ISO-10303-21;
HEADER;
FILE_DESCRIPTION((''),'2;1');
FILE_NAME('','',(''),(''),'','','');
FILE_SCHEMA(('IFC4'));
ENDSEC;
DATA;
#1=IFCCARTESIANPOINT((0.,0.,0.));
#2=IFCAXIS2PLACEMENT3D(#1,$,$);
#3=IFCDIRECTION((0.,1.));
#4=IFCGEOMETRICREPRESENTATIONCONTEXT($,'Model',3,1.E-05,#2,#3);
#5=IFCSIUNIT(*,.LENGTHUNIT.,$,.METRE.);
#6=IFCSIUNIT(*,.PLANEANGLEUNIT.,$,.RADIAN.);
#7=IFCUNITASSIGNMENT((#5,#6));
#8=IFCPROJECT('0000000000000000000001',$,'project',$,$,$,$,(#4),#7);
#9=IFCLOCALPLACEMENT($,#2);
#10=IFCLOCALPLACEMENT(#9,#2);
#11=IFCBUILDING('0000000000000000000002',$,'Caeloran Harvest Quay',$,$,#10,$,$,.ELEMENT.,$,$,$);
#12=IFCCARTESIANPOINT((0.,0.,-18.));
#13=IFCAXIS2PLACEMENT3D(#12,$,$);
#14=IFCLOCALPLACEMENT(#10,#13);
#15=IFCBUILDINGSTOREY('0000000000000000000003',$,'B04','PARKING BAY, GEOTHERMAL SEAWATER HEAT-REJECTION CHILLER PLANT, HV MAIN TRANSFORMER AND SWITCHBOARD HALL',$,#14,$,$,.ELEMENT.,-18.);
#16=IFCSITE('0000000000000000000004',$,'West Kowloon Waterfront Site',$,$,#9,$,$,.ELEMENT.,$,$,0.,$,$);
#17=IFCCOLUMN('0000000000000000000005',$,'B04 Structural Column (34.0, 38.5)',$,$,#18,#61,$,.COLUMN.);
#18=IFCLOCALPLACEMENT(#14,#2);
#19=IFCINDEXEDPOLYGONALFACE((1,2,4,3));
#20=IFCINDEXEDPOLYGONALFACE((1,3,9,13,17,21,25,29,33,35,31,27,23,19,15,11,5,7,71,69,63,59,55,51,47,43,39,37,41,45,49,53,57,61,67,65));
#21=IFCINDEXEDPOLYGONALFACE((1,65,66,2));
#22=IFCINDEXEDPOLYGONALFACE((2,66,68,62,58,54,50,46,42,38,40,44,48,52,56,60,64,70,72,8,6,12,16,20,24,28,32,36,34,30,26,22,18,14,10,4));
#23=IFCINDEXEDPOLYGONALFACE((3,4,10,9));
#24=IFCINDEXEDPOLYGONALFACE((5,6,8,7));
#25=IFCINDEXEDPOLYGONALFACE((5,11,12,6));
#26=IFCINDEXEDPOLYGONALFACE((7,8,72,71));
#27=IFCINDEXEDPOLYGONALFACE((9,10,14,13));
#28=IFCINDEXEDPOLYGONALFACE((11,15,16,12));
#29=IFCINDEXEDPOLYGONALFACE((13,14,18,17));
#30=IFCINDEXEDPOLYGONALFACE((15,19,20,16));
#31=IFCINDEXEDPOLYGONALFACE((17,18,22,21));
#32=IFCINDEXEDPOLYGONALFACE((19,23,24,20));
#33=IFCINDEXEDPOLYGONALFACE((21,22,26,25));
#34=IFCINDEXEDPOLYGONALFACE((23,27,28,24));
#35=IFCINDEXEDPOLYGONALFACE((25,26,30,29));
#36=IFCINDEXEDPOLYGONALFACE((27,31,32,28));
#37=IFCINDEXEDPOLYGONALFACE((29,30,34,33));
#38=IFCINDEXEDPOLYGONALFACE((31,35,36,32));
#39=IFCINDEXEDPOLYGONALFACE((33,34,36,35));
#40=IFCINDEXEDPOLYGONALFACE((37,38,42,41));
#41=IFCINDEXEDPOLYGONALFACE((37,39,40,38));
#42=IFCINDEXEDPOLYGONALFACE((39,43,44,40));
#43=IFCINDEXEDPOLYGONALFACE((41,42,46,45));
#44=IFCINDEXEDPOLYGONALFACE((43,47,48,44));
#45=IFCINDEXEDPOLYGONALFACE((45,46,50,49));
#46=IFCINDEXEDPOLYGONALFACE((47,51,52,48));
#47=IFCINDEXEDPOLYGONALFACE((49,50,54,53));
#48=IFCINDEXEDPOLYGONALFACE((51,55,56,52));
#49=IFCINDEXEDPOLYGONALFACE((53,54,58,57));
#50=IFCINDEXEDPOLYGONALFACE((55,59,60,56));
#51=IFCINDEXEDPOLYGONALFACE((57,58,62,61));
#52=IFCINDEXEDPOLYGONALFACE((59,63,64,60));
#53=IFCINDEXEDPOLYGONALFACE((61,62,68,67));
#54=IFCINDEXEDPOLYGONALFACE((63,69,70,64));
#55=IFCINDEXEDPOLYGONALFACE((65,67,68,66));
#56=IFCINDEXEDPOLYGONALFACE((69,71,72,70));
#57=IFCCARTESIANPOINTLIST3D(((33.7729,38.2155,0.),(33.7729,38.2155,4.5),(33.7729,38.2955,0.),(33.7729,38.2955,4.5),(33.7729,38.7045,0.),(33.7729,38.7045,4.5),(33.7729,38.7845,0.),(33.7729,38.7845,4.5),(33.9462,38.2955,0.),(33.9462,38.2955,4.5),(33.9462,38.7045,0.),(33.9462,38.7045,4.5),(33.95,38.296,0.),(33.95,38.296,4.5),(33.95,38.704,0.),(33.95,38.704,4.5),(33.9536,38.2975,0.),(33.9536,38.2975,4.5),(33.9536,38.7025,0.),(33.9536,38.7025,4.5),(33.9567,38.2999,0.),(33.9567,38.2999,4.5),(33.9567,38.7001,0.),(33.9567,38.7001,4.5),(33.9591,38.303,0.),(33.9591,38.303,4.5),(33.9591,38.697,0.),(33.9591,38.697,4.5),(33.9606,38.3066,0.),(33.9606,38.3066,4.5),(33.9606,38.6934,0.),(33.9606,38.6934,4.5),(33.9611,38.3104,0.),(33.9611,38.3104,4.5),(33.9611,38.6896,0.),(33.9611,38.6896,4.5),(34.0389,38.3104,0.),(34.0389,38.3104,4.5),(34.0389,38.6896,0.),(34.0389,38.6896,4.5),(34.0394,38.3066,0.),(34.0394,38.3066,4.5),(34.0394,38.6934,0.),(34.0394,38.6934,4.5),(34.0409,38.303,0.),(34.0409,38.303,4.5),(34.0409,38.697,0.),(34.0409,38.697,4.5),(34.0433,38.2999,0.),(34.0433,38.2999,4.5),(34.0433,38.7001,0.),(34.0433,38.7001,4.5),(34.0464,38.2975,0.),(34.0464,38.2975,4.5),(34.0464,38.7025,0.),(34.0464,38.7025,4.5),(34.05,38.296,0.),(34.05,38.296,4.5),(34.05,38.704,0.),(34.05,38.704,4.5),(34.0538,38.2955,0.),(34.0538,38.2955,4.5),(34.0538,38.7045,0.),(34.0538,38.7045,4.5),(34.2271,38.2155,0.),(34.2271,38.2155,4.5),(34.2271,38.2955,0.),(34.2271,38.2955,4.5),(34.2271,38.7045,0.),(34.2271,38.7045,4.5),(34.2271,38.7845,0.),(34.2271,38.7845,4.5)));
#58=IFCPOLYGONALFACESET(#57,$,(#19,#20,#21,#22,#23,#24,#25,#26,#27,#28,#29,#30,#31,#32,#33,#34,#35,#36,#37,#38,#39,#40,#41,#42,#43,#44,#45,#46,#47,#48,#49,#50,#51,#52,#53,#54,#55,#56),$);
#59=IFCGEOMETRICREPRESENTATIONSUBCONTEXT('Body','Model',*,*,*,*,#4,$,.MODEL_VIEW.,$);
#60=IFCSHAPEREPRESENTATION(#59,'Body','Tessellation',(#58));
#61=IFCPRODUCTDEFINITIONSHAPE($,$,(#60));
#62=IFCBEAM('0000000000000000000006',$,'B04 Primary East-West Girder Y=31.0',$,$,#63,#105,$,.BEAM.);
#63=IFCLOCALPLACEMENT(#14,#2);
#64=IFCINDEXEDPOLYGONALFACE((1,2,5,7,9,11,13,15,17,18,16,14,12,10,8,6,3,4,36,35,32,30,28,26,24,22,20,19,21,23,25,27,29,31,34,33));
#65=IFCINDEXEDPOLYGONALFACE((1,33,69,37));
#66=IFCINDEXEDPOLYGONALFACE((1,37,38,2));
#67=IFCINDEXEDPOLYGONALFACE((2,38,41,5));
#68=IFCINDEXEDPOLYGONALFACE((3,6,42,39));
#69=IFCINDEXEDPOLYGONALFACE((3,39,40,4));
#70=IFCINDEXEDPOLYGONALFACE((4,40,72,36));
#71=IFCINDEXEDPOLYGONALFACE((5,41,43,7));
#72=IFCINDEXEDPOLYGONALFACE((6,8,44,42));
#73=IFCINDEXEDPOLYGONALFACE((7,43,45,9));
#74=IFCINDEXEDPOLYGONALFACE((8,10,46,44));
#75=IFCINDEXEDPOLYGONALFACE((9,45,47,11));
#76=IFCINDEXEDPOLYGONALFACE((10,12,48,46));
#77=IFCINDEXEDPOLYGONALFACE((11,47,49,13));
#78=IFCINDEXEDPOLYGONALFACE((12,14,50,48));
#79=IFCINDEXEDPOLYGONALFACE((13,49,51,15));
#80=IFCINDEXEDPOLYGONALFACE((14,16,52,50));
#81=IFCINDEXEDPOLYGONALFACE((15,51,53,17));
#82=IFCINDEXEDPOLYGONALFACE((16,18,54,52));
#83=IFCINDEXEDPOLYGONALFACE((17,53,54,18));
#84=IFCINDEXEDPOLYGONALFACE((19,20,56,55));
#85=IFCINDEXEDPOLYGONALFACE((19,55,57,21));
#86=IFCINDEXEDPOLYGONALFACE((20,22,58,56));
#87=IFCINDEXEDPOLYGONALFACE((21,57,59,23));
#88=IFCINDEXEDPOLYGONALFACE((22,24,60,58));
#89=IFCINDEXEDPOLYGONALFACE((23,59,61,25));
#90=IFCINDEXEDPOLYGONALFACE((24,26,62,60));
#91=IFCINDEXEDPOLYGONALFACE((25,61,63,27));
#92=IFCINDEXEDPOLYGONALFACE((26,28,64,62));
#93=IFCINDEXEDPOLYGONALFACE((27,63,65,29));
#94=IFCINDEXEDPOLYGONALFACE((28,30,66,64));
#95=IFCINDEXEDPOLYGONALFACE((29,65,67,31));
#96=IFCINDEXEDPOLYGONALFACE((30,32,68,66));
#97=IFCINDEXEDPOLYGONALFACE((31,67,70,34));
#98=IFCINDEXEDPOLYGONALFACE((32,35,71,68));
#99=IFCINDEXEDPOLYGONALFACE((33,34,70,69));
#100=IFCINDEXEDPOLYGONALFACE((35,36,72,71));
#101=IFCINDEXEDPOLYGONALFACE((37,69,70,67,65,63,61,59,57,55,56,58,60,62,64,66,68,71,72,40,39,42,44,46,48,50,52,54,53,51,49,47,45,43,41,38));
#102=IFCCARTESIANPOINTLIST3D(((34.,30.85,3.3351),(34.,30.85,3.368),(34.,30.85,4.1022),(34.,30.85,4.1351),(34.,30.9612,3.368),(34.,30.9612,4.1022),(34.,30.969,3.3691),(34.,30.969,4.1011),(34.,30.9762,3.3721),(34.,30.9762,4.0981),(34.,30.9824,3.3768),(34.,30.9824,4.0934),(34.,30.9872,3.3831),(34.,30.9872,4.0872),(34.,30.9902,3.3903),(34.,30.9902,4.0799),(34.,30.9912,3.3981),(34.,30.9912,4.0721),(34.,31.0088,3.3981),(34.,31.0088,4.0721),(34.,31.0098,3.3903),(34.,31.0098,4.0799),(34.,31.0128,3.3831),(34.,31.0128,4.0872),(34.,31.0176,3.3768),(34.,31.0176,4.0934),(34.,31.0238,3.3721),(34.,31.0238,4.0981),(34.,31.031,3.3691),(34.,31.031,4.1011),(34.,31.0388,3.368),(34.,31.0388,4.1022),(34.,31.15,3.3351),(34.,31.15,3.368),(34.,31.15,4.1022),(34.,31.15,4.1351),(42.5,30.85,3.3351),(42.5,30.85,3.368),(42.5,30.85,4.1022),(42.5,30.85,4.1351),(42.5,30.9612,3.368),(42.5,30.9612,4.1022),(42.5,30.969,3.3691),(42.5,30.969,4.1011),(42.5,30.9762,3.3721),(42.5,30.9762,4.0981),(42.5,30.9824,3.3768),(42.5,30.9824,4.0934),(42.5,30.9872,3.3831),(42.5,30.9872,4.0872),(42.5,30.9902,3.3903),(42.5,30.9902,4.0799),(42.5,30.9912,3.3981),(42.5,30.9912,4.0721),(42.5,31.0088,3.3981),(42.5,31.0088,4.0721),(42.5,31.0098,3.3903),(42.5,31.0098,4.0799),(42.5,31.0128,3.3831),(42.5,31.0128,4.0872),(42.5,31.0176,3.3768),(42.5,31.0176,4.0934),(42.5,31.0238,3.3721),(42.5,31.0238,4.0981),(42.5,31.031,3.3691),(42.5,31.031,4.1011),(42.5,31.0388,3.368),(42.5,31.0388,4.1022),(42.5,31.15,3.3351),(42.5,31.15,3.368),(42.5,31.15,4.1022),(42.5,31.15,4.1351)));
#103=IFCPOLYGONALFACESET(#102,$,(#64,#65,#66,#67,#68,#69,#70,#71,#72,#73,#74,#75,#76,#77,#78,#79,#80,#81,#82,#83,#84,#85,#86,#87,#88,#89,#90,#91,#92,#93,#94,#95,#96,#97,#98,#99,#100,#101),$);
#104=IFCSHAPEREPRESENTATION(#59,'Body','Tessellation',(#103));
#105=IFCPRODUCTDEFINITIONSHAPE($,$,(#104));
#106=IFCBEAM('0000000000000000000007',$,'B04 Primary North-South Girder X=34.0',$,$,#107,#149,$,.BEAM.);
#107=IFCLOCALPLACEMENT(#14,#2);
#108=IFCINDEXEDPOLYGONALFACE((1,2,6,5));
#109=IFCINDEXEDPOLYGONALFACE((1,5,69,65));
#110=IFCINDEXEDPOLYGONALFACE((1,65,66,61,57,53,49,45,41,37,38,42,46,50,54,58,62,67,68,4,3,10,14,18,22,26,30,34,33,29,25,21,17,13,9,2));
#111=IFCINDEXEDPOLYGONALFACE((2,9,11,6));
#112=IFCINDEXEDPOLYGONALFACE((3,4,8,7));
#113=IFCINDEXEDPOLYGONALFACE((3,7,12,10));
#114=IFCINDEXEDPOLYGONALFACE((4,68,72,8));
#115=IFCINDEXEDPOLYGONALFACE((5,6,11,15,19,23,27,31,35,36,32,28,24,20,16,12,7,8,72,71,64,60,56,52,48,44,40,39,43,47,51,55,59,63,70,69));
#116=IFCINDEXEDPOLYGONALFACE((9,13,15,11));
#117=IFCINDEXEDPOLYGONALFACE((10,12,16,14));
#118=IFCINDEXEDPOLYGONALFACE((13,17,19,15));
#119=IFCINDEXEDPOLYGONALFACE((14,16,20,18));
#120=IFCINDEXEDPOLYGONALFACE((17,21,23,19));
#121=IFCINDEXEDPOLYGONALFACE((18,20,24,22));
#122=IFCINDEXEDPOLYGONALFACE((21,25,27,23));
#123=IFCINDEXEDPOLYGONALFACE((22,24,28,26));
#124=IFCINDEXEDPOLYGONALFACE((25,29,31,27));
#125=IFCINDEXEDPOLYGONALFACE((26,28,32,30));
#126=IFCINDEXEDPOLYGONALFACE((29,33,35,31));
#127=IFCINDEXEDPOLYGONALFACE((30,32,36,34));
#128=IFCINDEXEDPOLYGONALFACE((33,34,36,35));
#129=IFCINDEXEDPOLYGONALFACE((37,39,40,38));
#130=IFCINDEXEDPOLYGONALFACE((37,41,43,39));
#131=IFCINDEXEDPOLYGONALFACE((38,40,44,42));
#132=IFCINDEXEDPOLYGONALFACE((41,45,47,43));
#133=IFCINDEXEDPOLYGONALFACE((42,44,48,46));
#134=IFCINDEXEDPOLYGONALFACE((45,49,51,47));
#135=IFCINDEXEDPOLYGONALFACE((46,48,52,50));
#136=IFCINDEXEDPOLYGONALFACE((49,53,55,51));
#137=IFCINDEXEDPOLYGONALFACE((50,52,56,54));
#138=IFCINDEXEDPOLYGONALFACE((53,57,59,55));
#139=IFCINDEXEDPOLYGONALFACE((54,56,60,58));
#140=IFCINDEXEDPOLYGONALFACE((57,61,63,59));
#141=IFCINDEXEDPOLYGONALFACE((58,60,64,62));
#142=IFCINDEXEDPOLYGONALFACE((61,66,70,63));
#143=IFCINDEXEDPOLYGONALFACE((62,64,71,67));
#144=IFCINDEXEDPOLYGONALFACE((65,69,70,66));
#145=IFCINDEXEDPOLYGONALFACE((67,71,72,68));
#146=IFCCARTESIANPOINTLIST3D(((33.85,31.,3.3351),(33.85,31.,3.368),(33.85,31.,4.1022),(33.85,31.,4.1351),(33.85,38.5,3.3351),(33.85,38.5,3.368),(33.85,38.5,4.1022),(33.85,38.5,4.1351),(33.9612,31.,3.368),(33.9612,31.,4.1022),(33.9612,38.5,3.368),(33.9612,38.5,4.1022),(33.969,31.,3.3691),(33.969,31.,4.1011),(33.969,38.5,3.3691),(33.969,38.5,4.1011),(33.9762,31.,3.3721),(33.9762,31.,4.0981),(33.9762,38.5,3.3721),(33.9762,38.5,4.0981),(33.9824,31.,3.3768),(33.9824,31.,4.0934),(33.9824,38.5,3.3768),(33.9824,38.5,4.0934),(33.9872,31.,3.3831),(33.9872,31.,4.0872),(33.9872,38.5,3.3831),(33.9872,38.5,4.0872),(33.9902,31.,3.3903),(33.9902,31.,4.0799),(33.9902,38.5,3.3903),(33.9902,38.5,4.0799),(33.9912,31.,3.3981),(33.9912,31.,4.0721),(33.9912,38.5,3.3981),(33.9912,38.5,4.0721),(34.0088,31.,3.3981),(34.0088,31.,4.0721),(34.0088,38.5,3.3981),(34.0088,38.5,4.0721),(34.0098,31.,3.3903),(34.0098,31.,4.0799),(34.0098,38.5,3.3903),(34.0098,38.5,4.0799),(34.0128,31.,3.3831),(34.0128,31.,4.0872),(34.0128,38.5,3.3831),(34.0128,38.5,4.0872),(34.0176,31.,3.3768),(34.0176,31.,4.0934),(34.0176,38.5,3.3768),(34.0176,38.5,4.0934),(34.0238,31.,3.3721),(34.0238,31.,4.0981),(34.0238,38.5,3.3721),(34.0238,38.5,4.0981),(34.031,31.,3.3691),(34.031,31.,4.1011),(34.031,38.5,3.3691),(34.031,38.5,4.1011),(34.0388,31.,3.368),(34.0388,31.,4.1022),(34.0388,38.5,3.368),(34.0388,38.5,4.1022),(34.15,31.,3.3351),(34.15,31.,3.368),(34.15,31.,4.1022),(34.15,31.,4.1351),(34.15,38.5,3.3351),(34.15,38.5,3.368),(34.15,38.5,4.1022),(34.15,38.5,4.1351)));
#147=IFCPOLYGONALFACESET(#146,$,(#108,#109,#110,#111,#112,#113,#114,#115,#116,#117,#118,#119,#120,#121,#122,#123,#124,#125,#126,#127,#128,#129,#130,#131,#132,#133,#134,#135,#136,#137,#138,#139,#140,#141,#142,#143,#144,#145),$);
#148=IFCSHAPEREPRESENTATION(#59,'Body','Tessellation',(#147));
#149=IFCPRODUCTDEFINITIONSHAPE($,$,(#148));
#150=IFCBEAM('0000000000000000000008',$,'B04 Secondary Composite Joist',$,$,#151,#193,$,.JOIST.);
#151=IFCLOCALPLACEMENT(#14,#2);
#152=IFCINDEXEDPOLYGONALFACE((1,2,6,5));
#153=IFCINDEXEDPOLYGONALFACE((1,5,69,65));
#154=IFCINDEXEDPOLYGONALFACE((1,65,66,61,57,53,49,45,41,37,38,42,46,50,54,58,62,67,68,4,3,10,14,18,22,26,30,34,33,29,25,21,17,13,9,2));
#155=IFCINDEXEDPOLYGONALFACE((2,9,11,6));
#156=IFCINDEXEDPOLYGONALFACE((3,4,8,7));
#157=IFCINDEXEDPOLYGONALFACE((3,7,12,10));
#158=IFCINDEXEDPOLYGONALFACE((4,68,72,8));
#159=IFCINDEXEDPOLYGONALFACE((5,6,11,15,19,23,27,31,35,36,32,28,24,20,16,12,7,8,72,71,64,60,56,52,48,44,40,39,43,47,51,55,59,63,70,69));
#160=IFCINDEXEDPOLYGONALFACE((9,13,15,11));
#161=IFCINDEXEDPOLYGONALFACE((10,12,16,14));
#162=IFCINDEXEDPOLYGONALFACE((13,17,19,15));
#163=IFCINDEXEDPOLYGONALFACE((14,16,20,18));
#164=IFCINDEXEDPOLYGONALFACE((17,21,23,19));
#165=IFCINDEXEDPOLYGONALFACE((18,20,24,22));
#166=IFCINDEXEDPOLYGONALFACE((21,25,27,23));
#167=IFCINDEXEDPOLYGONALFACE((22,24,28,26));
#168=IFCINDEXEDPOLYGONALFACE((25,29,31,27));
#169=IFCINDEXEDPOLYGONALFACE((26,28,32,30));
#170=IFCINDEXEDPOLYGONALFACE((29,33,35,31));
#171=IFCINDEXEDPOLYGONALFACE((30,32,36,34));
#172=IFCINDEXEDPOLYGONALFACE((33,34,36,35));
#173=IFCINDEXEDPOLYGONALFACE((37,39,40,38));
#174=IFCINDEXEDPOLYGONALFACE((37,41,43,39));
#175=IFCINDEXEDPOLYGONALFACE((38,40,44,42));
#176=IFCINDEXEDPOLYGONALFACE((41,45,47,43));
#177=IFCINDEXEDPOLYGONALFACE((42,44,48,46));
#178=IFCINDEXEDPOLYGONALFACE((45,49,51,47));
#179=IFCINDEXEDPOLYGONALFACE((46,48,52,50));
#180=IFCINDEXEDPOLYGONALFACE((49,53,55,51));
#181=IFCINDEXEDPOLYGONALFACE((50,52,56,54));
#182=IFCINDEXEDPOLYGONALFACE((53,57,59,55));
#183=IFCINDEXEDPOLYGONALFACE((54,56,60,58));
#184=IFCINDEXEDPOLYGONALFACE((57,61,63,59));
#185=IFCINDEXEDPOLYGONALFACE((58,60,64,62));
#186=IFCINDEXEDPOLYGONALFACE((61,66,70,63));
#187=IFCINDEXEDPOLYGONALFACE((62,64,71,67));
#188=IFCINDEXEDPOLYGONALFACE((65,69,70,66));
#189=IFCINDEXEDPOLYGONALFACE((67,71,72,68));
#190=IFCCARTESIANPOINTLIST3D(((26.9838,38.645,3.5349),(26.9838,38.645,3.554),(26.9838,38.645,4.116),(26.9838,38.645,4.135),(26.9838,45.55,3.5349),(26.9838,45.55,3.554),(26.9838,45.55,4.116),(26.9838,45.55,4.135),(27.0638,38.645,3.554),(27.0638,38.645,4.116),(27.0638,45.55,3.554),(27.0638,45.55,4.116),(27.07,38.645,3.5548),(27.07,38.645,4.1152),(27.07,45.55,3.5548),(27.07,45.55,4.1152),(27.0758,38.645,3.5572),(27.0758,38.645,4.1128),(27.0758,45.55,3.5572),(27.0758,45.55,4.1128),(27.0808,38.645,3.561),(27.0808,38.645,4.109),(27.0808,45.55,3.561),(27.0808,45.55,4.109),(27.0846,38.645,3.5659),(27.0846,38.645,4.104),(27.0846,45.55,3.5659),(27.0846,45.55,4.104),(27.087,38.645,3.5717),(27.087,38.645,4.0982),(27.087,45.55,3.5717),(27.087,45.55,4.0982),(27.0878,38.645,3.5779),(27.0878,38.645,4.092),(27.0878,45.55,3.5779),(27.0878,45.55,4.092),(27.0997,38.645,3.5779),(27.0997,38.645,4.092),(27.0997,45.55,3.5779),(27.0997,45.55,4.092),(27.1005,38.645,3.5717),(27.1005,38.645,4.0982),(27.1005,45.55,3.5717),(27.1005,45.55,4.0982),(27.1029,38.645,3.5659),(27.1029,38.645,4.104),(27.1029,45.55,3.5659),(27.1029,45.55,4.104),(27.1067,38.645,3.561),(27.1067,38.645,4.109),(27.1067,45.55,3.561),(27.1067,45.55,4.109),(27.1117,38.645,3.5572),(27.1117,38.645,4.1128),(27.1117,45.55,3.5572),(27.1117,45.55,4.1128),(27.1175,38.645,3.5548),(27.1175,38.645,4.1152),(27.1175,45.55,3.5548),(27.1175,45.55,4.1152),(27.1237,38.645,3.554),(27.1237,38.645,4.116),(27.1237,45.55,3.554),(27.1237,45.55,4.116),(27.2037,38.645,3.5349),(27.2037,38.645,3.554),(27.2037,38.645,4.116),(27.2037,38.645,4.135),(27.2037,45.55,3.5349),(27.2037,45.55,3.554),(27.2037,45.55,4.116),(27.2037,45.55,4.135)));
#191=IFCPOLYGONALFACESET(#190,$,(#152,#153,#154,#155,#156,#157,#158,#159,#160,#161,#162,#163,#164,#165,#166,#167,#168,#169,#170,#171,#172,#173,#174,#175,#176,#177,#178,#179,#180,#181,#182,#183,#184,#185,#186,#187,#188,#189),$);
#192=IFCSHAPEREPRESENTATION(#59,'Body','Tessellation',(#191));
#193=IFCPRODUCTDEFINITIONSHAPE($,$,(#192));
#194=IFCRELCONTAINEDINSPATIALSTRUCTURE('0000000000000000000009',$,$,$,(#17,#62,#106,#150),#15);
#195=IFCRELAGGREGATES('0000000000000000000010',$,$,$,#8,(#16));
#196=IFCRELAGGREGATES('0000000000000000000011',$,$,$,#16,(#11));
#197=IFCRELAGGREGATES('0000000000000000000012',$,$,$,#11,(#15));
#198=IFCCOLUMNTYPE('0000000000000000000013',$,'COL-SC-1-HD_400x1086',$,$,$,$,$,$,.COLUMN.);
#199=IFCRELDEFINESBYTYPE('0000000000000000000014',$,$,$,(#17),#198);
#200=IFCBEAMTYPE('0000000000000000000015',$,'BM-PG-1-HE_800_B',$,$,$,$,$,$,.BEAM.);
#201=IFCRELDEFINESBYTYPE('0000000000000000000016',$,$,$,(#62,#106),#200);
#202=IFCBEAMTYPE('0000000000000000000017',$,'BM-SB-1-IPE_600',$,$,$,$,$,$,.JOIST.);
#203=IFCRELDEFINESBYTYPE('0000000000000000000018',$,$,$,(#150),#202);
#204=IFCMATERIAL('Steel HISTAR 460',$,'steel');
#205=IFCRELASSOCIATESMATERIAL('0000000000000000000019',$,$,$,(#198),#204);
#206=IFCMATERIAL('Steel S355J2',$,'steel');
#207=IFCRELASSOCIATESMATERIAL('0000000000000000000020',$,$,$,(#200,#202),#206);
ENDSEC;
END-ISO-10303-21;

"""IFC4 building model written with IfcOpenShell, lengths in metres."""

from ifc_helpers import new_model, si_unit, direction, frame, origin, origin_2d, place, context, subcontext, project, spatial, i_section, extrude, material, material_profile, profile_set, type_object, element, save


model = new_model("IFC4")

# Units and contexts
model_context = context("Model", 3, precision=1e-05, world=origin(), true_north=direction((0.0, 1.0)))
body_context = subcontext(model_context, "Body", "Model", "MODEL_VIEW")
ifc_project = project(units=[si_unit("LENGTHUNIT", "METRE"), si_unit("PLANEANGLEUNIT", "RADIAN")], contexts=[model_context])

# Site, building, storey
site_placement = place(None, origin())
site = spatial("IfcSite", under=ifc_project, at=site_placement, Name="West Kowloon Waterfront Site", CompositionType="ELEMENT", RefElevation=0.0)
building_placement = place(site_placement, origin())
building = spatial("IfcBuilding", under=site, at=building_placement, Name="Caeloran Harvest Quay", CompositionType="ELEMENT")
storey_placement = place(building_placement, frame((0.0, 0.0, -18.0)))
storey = spatial("IfcBuildingStorey", under=building, at=storey_placement, Name="B04", Description="PARKING BAY, GEOTHERMAL SEAWATER HEAT-REJECTION CHILLER PLANT, HV MAIN TRANSFORMER AND SWITCHBOARD HALL", CompositionType="ELEMENT", Elevation=-18.0)

# Column
ifc_material_1 = material(Name="Steel HISTAR 460", Category="steel")
ifc_material_profile_1 = material_profile(ifc_material_1, i_section(OverallWidth=0.4541, OverallDepth=0.5691, WebThickness=0.0779, FlangeThickness=0.0801, FilletRadius=0.0149, at=origin_2d()), Name="HD 400x1086")
ifc_profile_set_1 = profile_set([ifc_material_profile_1], Name="Steel HISTAR 460")
column_type = type_object("IfcColumnType", Name="COL-SC-1-HD_400x1086", PredefinedType="COLUMN", material=ifc_profile_set_1)
column_placement = place(storey_placement, frame((34.0, 38.5, 0.0), z_axis=(0.0, 0.0, 1.0), x_axis=(1.0, 0.0, 0.0)))
element("IfcColumn", 1, at=column_placement, inside=storey, type_object=column_type, Name="B04 Structural Column (34.0, 38.5)", PredefinedType="COLUMN", context=body_context, shape_type="SweptSolid", body=[
    extrude(i_section(OverallWidth=0.4541, OverallDepth=0.5691, WebThickness=0.0779, FlangeThickness=0.0801, FilletRadius=0.0149, at=origin_2d()), origin(), (0.0, 0.0, 1.0), 4.5),
])

# Beams
ifc_material_2 = material(Name="Steel S355J2", Category="steel")
ifc_material_profile_2 = material_profile(ifc_material_2, i_section(OverallWidth=0.3, OverallDepth=0.8, WebThickness=0.0176, FlangeThickness=0.033, FilletRadius=0.03, at=origin_2d()), Name="HE 800 B")
ifc_profile_set_2 = profile_set([ifc_material_profile_2], Name="Steel S355J2")
beam_type_1 = type_object("IfcBeamType", Name="BM-PG-1-HE_800_B", PredefinedType="BEAM", material=ifc_profile_set_2)
beam_1_placement = place(storey_placement, frame((34.0, 31.0, 3.7351), z_axis=(1.0, 0.0, 0.0), x_axis=(0.0, 1.0, 0.0)))
element("IfcBeam", 2, at=beam_1_placement, inside=storey, type_object=beam_type_1, Name="B04 Primary East-West Girder Y=31.0", PredefinedType="BEAM", context=body_context, shape_type="SweptSolid", body=[
    extrude(i_section(OverallWidth=0.3, OverallDepth=0.8, WebThickness=0.0176, FlangeThickness=0.033, FilletRadius=0.03, at=origin_2d()), origin(), (0.0, 0.0, 1.0), 8.5),
])
beam_2_placement = place(storey_placement, frame((34.0, 31.0, 3.7351), z_axis=(0.0, 1.0, 0.0), x_axis=(-1.0, 0.0, 0.0)))
element("IfcBeam", 3, at=beam_2_placement, inside=storey, type_object=beam_type_1, Name="B04 Primary North-South Girder X=34.0", PredefinedType="BEAM", context=body_context, shape_type="SweptSolid", body=[
    extrude(i_section(OverallWidth=0.3, OverallDepth=0.8, WebThickness=0.0176, FlangeThickness=0.033, FilletRadius=0.03, at=origin_2d()), origin(), (0.0, 0.0, 1.0), 7.5),
])
ifc_material_profile_3 = material_profile(ifc_material_2, i_section(OverallWidth=0.22, OverallDepth=0.6001, WebThickness=0.012, FlangeThickness=0.019, FilletRadius=0.0239, at=origin_2d()), Name="IPE 600")
ifc_profile_set_3 = profile_set([ifc_material_profile_3], Name="Steel S355J2")
beam_type_2 = type_object("IfcBeamType", Name="BM-SB-1-IPE_600", PredefinedType="JOIST", material=ifc_profile_set_3)
for number, where, z_axis, x_axis, name in (
    (4, (27.0938, 38.645, 3.835), (0.0, 1.0, 0.0), (-1.0, 0.0, 0.0), "B04 Secondary Composite Joist"),
):
    element("IfcBeam", number, at=place(storey_placement, frame(where, z_axis=z_axis, x_axis=x_axis)), inside=storey, type_object=beam_type_2, Name=name, PredefinedType="JOIST", context=body_context, shape_type="SweptSolid", body=[
        extrude(i_section(OverallWidth=0.22, OverallDepth=0.6001, WebThickness=0.012, FlangeThickness=0.019, FilletRadius=0.0239, at=origin_2d()), origin(), (0.0, 0.0, 1.0), 6.905),
    ])

save(model, "model.ifc")
